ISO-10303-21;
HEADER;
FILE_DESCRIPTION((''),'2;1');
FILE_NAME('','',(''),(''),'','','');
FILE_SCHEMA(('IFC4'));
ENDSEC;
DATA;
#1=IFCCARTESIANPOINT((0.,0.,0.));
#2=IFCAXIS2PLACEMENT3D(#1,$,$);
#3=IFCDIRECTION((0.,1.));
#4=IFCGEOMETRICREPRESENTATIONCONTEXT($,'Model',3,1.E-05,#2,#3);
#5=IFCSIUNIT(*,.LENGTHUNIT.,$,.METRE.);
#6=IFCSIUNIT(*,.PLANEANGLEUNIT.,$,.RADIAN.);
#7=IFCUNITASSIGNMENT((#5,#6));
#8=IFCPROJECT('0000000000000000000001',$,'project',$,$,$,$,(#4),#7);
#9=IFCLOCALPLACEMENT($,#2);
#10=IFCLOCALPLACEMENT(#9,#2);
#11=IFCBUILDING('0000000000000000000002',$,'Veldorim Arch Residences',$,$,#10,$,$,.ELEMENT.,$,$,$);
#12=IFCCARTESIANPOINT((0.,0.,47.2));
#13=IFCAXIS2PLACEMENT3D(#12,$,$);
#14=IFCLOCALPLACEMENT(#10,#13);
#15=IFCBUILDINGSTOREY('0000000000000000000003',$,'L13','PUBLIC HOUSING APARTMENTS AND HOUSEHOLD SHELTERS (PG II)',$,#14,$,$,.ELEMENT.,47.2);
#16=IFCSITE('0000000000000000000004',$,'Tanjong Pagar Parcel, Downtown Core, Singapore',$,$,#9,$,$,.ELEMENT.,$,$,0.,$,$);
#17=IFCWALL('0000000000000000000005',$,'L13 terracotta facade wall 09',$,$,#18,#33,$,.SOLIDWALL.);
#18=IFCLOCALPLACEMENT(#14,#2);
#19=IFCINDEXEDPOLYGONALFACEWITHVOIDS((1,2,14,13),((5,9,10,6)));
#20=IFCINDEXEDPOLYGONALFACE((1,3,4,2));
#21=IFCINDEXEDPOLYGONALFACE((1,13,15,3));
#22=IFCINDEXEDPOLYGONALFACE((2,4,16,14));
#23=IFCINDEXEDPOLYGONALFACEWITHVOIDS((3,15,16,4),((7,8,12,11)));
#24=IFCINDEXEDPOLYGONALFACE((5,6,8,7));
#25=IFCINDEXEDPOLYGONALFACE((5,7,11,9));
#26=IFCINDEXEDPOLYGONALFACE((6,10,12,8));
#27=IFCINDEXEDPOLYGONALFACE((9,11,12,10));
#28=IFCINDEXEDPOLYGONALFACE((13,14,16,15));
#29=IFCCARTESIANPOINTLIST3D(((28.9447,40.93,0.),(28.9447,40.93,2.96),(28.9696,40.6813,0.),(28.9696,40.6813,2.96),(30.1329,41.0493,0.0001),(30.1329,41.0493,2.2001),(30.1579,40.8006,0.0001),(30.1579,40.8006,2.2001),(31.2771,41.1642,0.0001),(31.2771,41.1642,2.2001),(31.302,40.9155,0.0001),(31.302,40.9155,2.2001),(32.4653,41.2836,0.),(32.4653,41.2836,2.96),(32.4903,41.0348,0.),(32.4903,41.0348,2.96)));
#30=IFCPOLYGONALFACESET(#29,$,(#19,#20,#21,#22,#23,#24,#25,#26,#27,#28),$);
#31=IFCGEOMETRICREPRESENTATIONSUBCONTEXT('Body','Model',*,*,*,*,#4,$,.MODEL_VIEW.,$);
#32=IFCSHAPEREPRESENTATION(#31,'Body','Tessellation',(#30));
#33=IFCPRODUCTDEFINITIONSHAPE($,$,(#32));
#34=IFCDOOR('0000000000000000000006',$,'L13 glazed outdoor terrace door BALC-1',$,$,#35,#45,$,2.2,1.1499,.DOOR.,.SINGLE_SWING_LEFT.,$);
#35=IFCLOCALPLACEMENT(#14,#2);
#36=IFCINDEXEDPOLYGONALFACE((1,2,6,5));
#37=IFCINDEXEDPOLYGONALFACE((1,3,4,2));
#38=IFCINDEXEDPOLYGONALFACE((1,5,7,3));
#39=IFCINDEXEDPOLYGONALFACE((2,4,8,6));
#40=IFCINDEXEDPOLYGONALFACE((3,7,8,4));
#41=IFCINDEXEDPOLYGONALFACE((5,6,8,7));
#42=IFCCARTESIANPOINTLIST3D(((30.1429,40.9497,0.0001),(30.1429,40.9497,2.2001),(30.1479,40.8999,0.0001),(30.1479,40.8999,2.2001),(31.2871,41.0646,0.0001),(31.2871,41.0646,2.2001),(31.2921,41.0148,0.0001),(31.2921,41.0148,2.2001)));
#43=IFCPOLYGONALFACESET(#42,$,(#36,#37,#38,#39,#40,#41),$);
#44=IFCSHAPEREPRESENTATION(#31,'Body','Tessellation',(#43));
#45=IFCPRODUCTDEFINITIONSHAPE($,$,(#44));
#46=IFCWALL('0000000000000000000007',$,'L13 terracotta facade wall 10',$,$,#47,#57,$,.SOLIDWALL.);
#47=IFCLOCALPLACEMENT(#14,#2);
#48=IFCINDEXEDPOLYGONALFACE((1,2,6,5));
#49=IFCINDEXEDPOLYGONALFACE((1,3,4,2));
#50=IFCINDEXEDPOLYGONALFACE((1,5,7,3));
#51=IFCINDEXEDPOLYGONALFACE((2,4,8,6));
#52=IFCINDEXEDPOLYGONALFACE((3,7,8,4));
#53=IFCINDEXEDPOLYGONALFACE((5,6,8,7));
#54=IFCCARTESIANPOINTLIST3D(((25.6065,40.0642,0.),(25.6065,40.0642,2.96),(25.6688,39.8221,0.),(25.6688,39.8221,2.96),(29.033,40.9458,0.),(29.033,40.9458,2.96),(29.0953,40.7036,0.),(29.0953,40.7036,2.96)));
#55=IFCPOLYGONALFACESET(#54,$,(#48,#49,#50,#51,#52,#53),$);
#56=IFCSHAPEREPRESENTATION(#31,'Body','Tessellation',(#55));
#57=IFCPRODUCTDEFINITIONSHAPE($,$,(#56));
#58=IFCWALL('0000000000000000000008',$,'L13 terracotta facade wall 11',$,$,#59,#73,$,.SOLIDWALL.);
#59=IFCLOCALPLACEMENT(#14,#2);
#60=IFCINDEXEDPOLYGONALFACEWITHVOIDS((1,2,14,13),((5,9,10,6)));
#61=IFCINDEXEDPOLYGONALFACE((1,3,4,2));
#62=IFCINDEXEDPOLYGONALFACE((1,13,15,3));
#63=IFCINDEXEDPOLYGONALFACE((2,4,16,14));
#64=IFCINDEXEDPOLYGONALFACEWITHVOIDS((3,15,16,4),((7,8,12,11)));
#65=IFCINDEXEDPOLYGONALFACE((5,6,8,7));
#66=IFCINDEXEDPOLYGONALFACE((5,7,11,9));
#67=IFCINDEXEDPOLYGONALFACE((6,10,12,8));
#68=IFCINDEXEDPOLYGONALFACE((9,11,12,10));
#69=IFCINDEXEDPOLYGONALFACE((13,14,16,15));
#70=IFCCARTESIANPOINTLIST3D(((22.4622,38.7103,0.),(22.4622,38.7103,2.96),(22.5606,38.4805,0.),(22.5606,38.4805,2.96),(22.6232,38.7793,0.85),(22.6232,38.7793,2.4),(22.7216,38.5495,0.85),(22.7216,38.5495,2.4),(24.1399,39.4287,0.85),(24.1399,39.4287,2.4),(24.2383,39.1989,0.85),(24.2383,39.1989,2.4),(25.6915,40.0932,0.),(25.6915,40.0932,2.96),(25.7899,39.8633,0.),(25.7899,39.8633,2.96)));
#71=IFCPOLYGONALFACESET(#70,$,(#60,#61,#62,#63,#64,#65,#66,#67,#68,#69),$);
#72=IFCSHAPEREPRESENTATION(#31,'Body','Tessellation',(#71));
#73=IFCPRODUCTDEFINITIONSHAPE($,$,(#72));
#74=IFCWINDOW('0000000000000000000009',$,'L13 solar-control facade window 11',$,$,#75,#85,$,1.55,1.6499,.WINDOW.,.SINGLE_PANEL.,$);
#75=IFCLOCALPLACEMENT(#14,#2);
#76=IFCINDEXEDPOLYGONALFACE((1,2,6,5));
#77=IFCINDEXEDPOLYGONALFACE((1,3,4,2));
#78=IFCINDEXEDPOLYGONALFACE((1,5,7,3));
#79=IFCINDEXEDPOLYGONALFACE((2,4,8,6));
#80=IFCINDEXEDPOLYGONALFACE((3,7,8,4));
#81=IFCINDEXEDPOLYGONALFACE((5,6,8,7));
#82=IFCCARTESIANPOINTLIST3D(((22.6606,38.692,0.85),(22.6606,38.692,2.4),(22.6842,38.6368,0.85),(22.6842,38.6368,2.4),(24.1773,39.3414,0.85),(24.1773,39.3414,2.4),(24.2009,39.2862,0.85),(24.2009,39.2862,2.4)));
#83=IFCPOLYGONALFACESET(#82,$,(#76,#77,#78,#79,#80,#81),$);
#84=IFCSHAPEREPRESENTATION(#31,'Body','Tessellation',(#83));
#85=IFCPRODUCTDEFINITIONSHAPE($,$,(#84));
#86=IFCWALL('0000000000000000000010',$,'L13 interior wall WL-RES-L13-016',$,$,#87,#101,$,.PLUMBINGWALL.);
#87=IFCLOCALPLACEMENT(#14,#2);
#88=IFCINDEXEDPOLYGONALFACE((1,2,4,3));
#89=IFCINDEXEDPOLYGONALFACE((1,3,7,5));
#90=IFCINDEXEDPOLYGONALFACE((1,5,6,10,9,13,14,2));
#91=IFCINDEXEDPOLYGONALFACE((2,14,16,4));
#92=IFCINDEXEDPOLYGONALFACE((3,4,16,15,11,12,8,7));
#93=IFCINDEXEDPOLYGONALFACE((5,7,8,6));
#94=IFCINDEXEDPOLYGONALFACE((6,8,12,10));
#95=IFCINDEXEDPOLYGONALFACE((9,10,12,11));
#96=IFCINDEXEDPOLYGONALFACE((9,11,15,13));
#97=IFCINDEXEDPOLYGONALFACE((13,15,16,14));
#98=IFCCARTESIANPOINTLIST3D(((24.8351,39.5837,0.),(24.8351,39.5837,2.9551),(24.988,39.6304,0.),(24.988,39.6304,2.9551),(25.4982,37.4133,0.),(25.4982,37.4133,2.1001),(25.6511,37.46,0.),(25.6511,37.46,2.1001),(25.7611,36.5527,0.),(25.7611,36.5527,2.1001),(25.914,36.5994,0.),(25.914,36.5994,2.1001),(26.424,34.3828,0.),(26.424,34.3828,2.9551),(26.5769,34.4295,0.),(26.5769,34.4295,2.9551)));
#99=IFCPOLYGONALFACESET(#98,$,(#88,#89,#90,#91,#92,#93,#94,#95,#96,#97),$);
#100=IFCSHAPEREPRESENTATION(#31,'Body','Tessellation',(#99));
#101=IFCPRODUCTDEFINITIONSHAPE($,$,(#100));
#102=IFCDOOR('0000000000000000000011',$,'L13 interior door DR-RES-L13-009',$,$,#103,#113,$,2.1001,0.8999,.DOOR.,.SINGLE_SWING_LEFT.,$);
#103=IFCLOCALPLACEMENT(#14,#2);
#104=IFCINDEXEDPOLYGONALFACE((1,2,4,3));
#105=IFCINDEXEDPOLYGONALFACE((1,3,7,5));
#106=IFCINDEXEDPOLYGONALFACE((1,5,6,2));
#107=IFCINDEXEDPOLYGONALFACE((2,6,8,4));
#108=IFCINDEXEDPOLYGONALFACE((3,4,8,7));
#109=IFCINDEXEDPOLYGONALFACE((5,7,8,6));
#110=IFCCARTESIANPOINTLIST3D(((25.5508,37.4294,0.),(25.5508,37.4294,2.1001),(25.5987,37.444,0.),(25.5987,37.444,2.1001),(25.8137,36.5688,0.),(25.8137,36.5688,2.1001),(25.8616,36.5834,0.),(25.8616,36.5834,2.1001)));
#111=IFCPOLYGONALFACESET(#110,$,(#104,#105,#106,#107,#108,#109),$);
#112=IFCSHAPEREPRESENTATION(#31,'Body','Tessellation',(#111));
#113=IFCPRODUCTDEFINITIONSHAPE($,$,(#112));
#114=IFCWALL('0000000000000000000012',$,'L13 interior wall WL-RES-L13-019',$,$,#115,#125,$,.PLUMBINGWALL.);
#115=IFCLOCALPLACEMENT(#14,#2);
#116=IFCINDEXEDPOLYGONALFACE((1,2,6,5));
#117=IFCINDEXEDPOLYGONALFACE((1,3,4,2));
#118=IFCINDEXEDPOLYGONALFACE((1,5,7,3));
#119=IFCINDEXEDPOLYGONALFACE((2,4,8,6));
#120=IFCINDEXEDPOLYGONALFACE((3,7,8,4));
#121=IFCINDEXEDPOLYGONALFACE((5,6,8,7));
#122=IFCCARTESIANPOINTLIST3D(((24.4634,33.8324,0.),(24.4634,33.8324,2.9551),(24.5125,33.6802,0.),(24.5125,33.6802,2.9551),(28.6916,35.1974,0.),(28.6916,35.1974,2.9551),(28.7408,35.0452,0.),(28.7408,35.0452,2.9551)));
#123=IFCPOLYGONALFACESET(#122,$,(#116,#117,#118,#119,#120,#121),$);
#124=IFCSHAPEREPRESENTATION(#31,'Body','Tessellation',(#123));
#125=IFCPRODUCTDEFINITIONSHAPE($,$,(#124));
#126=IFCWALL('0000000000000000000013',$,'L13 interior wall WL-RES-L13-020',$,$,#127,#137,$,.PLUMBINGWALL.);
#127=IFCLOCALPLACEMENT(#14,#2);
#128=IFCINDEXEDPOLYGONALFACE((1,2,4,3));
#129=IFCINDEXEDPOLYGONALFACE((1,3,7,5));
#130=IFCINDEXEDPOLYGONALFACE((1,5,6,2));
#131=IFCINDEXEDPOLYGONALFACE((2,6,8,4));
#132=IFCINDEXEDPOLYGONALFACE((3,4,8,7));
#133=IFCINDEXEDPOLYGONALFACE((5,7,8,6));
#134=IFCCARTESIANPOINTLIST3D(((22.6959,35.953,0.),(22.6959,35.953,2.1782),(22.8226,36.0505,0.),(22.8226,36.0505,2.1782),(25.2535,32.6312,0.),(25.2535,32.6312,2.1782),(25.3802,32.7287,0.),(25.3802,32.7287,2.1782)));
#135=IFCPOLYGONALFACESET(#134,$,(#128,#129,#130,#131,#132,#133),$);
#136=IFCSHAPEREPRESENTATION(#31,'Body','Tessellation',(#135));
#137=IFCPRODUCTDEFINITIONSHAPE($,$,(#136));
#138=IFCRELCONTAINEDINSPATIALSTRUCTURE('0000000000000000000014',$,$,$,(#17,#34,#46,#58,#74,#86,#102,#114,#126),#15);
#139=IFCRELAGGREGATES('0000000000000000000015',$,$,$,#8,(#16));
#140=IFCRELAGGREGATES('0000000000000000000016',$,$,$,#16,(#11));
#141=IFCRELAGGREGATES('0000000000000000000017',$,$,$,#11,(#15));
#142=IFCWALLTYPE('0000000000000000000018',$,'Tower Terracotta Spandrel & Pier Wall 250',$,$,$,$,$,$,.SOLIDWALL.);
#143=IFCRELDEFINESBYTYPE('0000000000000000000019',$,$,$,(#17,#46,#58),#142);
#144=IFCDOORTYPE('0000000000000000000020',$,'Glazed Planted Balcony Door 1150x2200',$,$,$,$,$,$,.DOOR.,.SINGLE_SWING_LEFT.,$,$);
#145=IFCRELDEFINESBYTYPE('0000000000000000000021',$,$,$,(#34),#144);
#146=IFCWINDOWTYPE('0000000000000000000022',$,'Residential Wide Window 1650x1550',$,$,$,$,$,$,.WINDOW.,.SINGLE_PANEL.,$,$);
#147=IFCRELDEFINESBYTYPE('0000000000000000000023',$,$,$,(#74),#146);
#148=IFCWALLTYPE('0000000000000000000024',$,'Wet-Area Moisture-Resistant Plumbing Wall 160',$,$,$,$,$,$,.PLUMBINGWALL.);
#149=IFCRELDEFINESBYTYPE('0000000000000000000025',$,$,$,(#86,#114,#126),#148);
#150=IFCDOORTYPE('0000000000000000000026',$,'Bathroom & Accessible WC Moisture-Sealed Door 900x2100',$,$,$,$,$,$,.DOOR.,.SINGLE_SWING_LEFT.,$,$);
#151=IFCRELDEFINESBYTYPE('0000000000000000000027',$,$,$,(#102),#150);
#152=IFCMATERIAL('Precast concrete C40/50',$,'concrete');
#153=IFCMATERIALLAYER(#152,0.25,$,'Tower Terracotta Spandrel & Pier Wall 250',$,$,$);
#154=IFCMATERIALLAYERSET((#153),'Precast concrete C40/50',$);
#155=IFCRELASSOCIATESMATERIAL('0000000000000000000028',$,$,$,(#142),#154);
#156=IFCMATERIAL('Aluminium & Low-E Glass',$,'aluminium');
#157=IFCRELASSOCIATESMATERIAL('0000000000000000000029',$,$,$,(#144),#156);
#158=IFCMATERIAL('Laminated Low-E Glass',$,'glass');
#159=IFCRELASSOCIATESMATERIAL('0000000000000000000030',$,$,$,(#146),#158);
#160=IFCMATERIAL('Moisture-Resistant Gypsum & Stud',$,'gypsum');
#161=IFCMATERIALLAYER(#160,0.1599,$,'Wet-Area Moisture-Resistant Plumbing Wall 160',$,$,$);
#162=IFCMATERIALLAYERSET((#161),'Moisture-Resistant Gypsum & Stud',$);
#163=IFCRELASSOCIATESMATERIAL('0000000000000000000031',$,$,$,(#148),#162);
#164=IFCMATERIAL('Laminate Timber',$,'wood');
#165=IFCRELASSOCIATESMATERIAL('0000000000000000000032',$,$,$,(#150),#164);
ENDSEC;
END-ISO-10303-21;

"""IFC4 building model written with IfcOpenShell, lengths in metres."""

from ifc_helpers import new_model, si_unit, direction, frame, frame_2d, origin, place, context, subcontext, project, spatial, rectangle, extrude, material, layer, layer_set, type_object, element, fill, save


model = new_model("IFC4")

# Units and contexts
model_context = context("Model", 3, precision=1e-05, world=origin(), true_north=direction((0.0, 1.0)))
body_context = subcontext(model_context, "Body", "Model", "MODEL_VIEW")
ifc_project = project(units=[si_unit("LENGTHUNIT", "METRE"), si_unit("PLANEANGLEUNIT", "RADIAN")], contexts=[model_context])

# Site, building, storey
site_placement = place(None, origin())
site = spatial("IfcSite", under=ifc_project, at=site_placement, Name="Tanjong Pagar Parcel, Downtown Core, Singapore", CompositionType="ELEMENT", RefElevation=0.0)
building_placement = place(site_placement, origin())
building = spatial("IfcBuilding", under=site, at=building_placement, Name="Veldorim Arch Residences", CompositionType="ELEMENT")
storey_placement = place(building_placement, frame((0.0, 0.0, 47.2)))
storey = spatial("IfcBuildingStorey", under=building, at=storey_placement, Name="L13", Description="PUBLIC HOUSING APARTMENTS AND HOUSEHOLD SHELTERS (PG II)", CompositionType="ELEMENT", Elevation=47.2)

# Wall, opening, door
ifc_material_1 = material(Name="Precast concrete C40/50", Category="concrete")
ifc_layer_1 = layer(ifc_material_1, 0.25, Name="Tower Terracotta Spandrel & Pier Wall 250")
ifc_layer_set_1 = layer_set([ifc_layer_1], Name="Precast concrete C40/50")
wall_type_1 = type_object("IfcWallType", Name="Tower Terracotta Spandrel & Pier Wall 250", PredefinedType="SOLIDWALL", material=ifc_layer_set_1)
wall_1_placement = place(storey_placement, frame((28.9573, 40.8057, 0.0), z_axis=(0.0, 0.0, 1.0), x_axis=(0.994996, 0.099914, 0.0)))
wall_1 = element("IfcWall", 1, at=wall_1_placement, inside=storey, type_object=wall_type_1, Name="L13 terracotta facade wall 09", PredefinedType="SOLIDWALL", context=body_context, shape_type="SweptSolid", body=[
    extrude(rectangle(XDim=3.5383, YDim=0.25, at=frame_2d((1.769, 0.0))), origin(), (0.0, 0.0, 1.0), 2.96),
])
opening_1_placement = place(wall_1_placement, frame((1.1941, 0.0, 0.0)))
opening_1 = element("IfcOpeningElement", 2, at=opening_1_placement, cuts=wall_1, PredefinedType="OPENING", context=body_context, shape_type="SweptSolid", body=[
    extrude(rectangle(XDim=1.1499, YDim=2.2, at=frame_2d((0.575, 1.1001))), frame((0.0, 0.135, 0.0), z_axis=(0.0, -1.0, 0.0), x_axis=(1.0, 0.0, 0.0)), (0.0, 0.0, 1.0), 0.27),
])
ifc_material_2 = material(Name="Aluminium & Low-E Glass", Category="aluminium")
door_type_1 = type_object("IfcDoorType", Name="Glazed Planted Balcony Door 1150x2200", OperationType="SINGLE_SWING_LEFT", PredefinedType="DOOR", material=ifc_material_2)
door_1_placement = place(opening_1_placement, origin())
door_1 = element("IfcDoor", 3, at=door_1_placement, inside=storey, type_object=door_type_1, Name="L13 glazed outdoor terrace door BALC-1", OperationType="SINGLE_SWING_LEFT", OverallHeight=2.2, OverallWidth=1.1499, PredefinedType="DOOR", context=body_context, shape_type="SweptSolid", body=[
    extrude(rectangle(XDim=1.1499, YDim=2.2, at=frame_2d((0.575, 1.1001))), frame((0.0, 0.0249, 0.0), z_axis=(0.0, -1.0, 0.0), x_axis=(1.0, 0.0, 0.0)), (0.0, 0.0, 1.0), 0.05),
])
fill(opening_1, door_1)

# Wall
wall_2_placement = place(storey_placement, frame((25.6377, 39.9431, 0.0), z_axis=(0.0, 0.0, 1.0), x_axis=(0.96846, 0.24917, 0.0)))
element("IfcWall", 4, at=wall_2_placement, inside=storey, type_object=wall_type_1, Name="L13 terracotta facade wall 10", PredefinedType="SOLIDWALL", context=body_context, shape_type="SweptSolid", body=[
    extrude(rectangle(XDim=3.5381, YDim=0.25, at=frame_2d((1.769, 0.0))), origin(), (0.0, 0.0, 1.0), 2.96),
])

# Wall, opening, window
wall_3_placement = place(storey_placement, frame((22.5115, 38.5955, 0.0), z_axis=(0.0, 0.0, 1.0), x_axis=(0.919264, 0.393642, 0.0)))
wall_3 = element("IfcWall", 5, at=wall_3_placement, inside=storey, type_object=wall_type_1, Name="L13 terracotta facade wall 11", PredefinedType="SOLIDWALL", context=body_context, shape_type="SweptSolid", body=[
    extrude(rectangle(XDim=3.5129, YDim=0.25, at=frame_2d((1.7563, 0.0))), origin(), (0.0, 0.0, 1.0), 2.96),
])
opening_2_placement = place(wall_3_placement, frame((0.175, 0.0, 0.8501)))
opening_2 = element("IfcOpeningElement", 6, at=opening_2_placement, cuts=wall_3, PredefinedType="OPENING", context=body_context, shape_type="SweptSolid", body=[
    extrude(rectangle(XDim=1.6499, YDim=1.55, at=frame_2d((0.825, 0.7749))), frame((0.0, 0.135, 0.0), z_axis=(0.0, -1.0, 0.0), x_axis=(1.0, 0.0, 0.0)), (0.0, 0.0, 1.0), 0.27),
])
ifc_material_3 = material(Name="Laminated Low-E Glass", Category="glass")
window_type = type_object("IfcWindowType", Name="Residential Wide Window 1650x1550", PartitioningType="SINGLE_PANEL", PredefinedType="WINDOW", material=ifc_material_3)
window_placement = place(opening_2_placement, origin())
window = element("IfcWindow", 7, at=window_placement, inside=storey, type_object=window_type, Name="L13 solar-control facade window 11", OverallHeight=1.55, OverallWidth=1.6499, PartitioningType="SINGLE_PANEL", PredefinedType="WINDOW", context=body_context, shape_type="SweptSolid", body=[
    extrude(rectangle(XDim=1.6499, YDim=1.55, at=frame_2d((0.825, 0.7749))), frame((0.0, 0.03, 0.0), z_axis=(0.0, -1.0, 0.0), x_axis=(1.0, 0.0, 0.0)), (0.0, 0.0, 1.0), 0.0601),
])
fill(opening_2, window)

# Wall, opening, door
ifc_material_4 = material(Name="Moisture-Resistant Gypsum & Stud", Category="gypsum")
ifc_layer_2 = layer(ifc_material_4, 0.1599, Name="Wet-Area Moisture-Resistant Plumbing Wall 160")
ifc_layer_set_2 = layer_set([ifc_layer_2], Name="Moisture-Resistant Gypsum & Stud")
wall_type_2 = type_object("IfcWallType", Name="Wet-Area Moisture-Resistant Plumbing Wall 160", PredefinedType="PLUMBINGWALL", material=ifc_layer_set_2)
wall_4_placement = place(storey_placement, frame((26.5005, 34.406, 0.0), z_axis=(0.0, 0.0, 1.0), x_axis=(-0.292167, 0.956367, 0.0)))
wall_4 = element("IfcWall", 8, at=wall_4_placement, inside=storey, type_object=wall_type_2, Name="L13 interior wall WL-RES-L13-016", PredefinedType="PLUMBINGWALL", context=body_context, shape_type="SweptSolid", body=[
    extrude(rectangle(XDim=5.4382, YDim=0.1599, at=frame_2d((2.7192, 0.0))), origin(), (0.0, 0.0, 1.0), 2.9551),
])
opening_3_placement = place(wall_4_placement, frame((2.269, 0.0, 0.0)))
opening_3 = element("IfcOpeningElement", 9, at=opening_3_placement, cuts=wall_4, PredefinedType="OPENING", context=body_context, shape_type="SweptSolid", body=[
    extrude(rectangle(XDim=0.8999, YDim=2.1001, at=frame_2d((0.45, 1.05))), frame((0.0, 0.0898, 0.0), z_axis=(0.0, -1.0, 0.0), x_axis=(1.0, 0.0, 0.0)), (0.0, 0.0, 1.0), 0.1799),
])
ifc_material_5 = material(Name="Laminate Timber", Category="wood")
door_type_2 = type_object("IfcDoorType", Name="Bathroom & Accessible WC Moisture-Sealed Door 900x2100", OperationType="SINGLE_SWING_LEFT", PredefinedType="DOOR", material=ifc_material_5)
door_2_placement = place(opening_3_placement, origin())
door_2 = element("IfcDoor", 10, at=door_2_placement, inside=storey, type_object=door_type_2, Name="L13 interior door DR-RES-L13-009", OperationType="SINGLE_SWING_LEFT", OverallHeight=2.1001, OverallWidth=0.8999, PredefinedType="DOOR", context=body_context, shape_type="SweptSolid", body=[
    extrude(rectangle(XDim=0.8999, YDim=2.1001, at=frame_2d((0.45, 1.05))), frame((0.0, 0.0249, 0.0), z_axis=(0.0, -1.0, 0.0), x_axis=(1.0, 0.0, 0.0)), (0.0, 0.0, 1.0), 0.05),
])
fill(opening_3, door_2)

# Walls
wall_5_placement = place(storey_placement, frame((28.7163, 35.1213, 0.0), z_axis=(0.0, 0.0, 1.0), x_axis=(-0.951641, -0.307213, 0.0)))
element("IfcWall", 11, at=wall_5_placement, inside=storey, type_object=wall_type_2, Name="L13 interior wall WL-RES-L13-019", PredefinedType="PLUMBINGWALL", context=body_context, shape_type="SweptSolid", body=[
    extrude(rectangle(XDim=4.4431, YDim=0.1599, at=frame_2d((2.2217, 0.0))), origin(), (0.0, 0.0, 1.0), 2.9551),
])
wall_6_placement = place(storey_placement, frame((25.3169, 32.6799, 0.0), z_axis=(0.0, 0.0, 1.0), x_axis=(-0.610071, 0.792347, 0.0)))
element("IfcWall", 12, at=wall_6_placement, inside=storey, type_object=wall_type_2, Name="L13 interior wall WL-RES-L13-020", PredefinedType="PLUMBINGWALL", context=body_context, shape_type="SweptSolid", body=[
    extrude(rectangle(XDim=4.1924, YDim=0.1599, at=frame_2d((2.0962, 0.0))), origin(), (0.0, 0.0, 1.0), 2.1782),
])

save(model, "model.ifc")
